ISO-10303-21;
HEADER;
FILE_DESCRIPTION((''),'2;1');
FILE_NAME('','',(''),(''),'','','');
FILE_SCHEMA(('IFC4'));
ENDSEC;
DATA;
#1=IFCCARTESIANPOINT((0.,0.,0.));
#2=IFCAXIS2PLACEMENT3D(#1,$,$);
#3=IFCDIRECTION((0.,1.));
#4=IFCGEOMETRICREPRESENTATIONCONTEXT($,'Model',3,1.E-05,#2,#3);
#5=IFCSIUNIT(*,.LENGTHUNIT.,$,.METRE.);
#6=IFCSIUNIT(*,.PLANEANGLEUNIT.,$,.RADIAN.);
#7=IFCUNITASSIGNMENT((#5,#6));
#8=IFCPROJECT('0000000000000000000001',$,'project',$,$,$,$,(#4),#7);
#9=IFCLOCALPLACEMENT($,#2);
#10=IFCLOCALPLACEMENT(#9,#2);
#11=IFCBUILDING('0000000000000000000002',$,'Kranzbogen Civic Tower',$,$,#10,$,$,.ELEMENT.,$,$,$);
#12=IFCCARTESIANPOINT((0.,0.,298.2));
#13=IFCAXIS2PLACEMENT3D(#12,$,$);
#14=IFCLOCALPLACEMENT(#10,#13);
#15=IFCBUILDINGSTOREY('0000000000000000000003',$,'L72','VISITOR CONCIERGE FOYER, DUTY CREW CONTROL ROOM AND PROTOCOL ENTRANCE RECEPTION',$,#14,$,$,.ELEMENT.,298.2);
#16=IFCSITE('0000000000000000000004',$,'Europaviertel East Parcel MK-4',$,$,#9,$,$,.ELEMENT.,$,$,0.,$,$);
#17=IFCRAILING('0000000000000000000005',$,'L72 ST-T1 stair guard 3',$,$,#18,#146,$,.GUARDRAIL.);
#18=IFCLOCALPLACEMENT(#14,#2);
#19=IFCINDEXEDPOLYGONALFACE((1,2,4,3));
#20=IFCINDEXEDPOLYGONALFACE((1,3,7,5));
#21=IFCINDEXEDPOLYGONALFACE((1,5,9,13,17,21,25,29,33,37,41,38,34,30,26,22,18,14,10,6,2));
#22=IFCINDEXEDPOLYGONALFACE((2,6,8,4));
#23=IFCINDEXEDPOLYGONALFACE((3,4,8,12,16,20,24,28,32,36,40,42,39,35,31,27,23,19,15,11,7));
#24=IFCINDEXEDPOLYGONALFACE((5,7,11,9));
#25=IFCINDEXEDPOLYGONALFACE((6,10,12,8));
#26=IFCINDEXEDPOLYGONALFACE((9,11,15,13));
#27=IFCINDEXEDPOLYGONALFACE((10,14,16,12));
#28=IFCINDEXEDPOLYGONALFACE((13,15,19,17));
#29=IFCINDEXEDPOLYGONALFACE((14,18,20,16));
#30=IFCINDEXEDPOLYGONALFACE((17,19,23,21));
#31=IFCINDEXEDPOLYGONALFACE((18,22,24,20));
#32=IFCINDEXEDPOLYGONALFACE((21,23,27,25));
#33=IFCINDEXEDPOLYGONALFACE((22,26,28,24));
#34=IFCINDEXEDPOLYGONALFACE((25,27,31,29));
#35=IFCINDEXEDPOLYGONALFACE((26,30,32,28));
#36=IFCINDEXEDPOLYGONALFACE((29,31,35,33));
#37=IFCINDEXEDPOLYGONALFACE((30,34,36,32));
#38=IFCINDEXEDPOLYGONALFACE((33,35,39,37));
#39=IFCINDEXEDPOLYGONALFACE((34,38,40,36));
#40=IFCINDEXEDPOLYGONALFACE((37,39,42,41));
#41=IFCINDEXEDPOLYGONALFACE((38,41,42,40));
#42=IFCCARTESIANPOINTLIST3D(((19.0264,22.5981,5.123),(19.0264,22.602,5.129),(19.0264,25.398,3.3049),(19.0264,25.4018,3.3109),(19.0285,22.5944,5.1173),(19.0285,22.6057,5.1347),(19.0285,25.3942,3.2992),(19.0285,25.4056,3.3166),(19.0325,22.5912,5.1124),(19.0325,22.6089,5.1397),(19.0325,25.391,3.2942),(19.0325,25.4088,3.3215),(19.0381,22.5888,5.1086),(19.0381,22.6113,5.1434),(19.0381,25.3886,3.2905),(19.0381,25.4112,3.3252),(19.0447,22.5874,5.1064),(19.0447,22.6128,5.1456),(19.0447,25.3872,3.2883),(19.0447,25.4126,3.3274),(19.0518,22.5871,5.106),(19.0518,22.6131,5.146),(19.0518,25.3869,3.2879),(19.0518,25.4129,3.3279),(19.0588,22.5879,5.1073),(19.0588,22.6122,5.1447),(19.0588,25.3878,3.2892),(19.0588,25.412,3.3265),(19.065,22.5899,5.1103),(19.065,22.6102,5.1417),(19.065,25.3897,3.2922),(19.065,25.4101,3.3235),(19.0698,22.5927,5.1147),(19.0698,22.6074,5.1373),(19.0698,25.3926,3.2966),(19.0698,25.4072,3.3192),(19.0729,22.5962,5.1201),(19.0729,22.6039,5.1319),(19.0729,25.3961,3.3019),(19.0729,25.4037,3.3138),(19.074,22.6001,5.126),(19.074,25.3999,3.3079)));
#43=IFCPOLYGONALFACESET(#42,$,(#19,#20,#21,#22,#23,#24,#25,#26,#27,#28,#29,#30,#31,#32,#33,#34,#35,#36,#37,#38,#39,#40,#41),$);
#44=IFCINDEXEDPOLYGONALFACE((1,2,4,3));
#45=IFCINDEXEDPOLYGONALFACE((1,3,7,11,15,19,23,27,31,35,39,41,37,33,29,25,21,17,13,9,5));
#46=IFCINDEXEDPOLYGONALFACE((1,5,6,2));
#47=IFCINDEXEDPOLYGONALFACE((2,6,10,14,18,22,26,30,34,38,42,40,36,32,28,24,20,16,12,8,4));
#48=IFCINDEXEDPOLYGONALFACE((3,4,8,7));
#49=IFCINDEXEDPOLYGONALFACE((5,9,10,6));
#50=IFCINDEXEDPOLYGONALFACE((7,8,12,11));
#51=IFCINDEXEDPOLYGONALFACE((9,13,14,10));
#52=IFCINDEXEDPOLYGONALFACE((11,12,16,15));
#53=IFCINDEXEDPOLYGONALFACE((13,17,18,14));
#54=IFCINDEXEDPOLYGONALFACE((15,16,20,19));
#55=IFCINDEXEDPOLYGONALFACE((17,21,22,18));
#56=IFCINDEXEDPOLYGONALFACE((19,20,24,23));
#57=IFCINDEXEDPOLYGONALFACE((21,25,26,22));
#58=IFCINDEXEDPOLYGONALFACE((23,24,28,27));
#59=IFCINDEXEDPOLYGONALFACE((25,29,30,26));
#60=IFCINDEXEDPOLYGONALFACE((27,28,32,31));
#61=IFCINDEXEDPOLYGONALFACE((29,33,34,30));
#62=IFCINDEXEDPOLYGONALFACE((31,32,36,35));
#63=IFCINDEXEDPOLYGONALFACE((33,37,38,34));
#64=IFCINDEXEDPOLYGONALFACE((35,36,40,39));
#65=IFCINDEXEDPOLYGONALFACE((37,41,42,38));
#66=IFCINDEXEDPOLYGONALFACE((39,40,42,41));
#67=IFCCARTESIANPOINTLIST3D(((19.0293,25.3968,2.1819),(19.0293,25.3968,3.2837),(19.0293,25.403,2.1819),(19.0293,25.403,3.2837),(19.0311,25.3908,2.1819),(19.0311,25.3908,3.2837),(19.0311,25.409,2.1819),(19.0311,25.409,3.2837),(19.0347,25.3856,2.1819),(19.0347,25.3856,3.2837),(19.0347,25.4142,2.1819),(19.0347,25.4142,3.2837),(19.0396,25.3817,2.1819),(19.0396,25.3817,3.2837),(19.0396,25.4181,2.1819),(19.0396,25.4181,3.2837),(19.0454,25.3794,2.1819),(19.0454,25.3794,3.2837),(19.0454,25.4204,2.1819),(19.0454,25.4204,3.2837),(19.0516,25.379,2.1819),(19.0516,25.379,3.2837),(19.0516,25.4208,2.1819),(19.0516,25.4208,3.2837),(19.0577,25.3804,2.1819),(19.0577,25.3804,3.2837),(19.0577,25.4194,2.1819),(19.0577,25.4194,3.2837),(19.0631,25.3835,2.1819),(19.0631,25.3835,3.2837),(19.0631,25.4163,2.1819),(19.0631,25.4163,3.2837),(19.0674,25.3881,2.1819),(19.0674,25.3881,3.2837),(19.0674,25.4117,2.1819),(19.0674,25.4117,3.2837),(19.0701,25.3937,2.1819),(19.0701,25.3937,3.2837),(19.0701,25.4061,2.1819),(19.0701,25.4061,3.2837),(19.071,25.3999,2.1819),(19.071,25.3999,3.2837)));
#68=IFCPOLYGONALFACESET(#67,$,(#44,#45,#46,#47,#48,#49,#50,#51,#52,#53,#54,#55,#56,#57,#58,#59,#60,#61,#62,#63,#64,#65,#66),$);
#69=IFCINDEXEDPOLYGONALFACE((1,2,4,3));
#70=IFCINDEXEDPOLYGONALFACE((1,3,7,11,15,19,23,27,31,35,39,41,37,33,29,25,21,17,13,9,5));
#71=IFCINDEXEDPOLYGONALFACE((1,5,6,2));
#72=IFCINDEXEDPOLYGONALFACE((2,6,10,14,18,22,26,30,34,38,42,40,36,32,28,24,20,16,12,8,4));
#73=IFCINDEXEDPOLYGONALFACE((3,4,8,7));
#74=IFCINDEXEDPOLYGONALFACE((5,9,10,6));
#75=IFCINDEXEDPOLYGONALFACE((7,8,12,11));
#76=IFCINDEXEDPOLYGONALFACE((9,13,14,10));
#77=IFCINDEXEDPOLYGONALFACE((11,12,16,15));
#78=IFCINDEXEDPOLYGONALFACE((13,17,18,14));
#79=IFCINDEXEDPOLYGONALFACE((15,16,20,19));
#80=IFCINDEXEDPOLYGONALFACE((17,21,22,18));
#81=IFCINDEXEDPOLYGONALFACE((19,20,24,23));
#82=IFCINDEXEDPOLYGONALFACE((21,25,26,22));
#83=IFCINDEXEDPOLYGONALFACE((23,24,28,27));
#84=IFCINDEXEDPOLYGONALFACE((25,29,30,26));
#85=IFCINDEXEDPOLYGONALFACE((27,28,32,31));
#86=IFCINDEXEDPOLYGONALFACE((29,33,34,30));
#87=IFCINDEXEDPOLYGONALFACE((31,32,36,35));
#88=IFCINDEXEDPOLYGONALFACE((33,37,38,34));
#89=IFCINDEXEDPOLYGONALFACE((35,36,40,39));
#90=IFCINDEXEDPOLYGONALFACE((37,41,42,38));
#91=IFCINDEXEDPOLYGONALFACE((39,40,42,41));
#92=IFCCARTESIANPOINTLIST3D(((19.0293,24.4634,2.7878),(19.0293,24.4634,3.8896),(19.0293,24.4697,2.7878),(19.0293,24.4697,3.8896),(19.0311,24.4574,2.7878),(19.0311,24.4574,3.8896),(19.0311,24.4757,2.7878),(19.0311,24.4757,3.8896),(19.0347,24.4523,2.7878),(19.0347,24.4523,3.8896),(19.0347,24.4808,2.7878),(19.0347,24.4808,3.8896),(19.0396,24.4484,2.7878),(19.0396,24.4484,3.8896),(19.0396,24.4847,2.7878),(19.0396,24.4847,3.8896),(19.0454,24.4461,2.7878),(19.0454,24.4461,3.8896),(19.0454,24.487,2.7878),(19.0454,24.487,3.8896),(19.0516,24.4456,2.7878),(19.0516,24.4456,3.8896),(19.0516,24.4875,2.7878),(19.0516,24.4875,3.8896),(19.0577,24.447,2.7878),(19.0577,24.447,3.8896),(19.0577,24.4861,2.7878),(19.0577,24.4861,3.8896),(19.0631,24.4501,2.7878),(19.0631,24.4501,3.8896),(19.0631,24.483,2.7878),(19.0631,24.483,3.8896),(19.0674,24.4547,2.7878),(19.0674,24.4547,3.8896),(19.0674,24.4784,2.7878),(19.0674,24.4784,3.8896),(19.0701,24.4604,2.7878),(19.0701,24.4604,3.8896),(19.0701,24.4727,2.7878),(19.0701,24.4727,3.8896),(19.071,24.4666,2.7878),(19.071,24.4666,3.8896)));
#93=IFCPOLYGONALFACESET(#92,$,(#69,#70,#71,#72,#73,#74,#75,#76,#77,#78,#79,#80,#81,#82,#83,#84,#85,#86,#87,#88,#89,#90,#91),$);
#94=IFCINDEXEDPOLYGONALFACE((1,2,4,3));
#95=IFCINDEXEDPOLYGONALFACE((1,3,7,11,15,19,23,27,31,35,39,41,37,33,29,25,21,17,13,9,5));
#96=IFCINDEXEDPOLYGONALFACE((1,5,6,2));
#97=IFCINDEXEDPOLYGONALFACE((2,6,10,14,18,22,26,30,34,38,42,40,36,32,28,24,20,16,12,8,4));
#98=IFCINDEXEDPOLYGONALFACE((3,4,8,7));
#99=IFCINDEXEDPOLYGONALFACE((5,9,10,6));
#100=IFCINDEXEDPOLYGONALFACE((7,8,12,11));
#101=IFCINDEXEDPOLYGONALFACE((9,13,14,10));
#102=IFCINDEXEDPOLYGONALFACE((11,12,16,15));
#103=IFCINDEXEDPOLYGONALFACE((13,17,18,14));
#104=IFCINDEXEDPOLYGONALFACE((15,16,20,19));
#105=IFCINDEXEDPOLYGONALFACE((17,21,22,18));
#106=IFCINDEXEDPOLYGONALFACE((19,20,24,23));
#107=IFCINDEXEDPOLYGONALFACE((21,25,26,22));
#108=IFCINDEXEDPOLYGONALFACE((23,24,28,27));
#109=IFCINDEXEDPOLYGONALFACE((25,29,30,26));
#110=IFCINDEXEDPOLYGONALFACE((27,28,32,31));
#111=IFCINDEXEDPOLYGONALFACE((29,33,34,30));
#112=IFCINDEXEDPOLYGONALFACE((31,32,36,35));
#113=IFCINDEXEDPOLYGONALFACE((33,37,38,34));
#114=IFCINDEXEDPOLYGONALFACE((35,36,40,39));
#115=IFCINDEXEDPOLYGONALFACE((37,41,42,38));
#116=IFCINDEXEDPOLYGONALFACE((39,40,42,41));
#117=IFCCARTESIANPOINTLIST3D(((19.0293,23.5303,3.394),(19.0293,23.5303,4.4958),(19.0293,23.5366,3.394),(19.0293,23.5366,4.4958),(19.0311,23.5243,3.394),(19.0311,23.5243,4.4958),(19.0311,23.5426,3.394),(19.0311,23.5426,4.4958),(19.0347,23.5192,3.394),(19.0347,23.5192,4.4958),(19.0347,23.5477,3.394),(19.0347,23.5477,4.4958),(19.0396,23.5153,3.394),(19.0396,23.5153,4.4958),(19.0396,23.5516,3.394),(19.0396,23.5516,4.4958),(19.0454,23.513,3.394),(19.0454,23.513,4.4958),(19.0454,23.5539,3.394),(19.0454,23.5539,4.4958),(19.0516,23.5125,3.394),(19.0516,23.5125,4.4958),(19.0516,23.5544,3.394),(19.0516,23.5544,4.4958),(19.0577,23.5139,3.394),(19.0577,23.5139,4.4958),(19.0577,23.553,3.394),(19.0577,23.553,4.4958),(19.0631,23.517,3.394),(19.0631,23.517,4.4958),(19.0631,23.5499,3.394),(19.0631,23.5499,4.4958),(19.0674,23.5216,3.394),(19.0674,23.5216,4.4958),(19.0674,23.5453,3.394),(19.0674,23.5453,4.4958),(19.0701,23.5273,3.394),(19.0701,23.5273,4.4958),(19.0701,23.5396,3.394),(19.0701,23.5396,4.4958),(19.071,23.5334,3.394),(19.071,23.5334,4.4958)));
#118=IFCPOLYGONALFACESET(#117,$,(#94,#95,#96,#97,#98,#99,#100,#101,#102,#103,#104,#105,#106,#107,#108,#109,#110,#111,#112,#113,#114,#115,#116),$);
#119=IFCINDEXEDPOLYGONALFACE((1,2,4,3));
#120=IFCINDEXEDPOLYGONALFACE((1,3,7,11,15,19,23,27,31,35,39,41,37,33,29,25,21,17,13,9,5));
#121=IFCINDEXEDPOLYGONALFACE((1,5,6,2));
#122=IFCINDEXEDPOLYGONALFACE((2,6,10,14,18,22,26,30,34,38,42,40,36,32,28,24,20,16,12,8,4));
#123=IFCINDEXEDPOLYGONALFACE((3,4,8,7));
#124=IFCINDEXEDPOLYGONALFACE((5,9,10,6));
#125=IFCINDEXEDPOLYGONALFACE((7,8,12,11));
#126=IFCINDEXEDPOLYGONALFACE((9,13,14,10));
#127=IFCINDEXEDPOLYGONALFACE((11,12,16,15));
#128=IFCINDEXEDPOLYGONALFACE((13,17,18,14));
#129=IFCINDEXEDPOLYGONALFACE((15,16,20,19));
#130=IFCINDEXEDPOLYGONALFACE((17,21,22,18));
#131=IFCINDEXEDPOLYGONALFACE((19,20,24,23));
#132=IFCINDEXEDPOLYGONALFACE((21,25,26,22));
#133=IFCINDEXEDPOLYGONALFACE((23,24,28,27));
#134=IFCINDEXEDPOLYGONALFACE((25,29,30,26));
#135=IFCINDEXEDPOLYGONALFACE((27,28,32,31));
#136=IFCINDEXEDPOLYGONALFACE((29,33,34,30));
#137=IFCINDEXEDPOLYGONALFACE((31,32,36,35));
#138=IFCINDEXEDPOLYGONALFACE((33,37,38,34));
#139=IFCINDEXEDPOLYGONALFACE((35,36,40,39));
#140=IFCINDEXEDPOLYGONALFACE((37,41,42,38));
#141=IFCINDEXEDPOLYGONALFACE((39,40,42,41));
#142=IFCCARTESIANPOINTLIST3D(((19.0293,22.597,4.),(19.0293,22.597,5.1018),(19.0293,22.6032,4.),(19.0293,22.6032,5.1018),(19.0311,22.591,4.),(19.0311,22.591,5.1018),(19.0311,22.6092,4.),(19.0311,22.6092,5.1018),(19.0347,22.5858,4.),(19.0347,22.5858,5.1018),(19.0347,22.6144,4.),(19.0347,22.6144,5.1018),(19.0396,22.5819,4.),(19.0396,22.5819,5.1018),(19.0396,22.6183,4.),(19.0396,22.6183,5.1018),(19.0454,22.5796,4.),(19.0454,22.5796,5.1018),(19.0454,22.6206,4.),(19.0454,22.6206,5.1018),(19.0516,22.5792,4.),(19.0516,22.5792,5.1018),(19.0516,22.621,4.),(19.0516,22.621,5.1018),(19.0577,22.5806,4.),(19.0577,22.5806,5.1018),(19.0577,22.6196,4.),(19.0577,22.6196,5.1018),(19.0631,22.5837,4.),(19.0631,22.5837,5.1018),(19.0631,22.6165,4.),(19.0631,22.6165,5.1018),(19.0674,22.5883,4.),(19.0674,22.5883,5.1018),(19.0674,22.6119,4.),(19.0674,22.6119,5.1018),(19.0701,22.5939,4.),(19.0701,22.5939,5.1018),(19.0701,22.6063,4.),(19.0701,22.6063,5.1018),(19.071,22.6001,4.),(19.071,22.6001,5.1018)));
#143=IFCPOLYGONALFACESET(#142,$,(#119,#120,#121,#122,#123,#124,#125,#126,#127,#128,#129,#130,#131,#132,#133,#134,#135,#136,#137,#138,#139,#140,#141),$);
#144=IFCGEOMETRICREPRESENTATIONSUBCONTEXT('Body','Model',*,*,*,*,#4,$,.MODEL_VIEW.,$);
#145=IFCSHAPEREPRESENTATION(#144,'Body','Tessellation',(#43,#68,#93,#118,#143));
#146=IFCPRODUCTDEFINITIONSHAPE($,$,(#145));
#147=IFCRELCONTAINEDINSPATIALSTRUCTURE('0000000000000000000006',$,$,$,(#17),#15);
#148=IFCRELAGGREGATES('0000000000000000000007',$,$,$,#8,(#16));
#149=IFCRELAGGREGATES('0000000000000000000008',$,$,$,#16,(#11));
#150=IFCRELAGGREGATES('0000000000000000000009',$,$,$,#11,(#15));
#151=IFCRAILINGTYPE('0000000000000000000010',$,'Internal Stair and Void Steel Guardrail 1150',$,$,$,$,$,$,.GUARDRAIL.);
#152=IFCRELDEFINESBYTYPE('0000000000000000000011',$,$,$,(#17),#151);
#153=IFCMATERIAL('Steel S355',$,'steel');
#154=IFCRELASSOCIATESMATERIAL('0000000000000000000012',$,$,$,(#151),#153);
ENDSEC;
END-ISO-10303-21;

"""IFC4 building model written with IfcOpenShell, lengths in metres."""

from ifc_helpers import new_model, si_unit, direction, frame, origin, origin_2d, place, context, subcontext, project, spatial, circle, extrude, material, type_object, element, save


model = new_model("IFC4")

# Units and contexts
model_context = context("Model", 3, precision=1e-05, world=origin(), true_north=direction((0.0, 1.0)))
body_context = subcontext(model_context, "Body", "Model", "MODEL_VIEW")
ifc_project = project(units=[si_unit("LENGTHUNIT", "METRE"), si_unit("PLANEANGLEUNIT", "RADIAN")], contexts=[model_context])

# Site, building, storey
site_placement = place(None, origin())
site = spatial("IfcSite", under=ifc_project, at=site_placement, Name="Europaviertel East Parcel MK-4", CompositionType="ELEMENT", RefElevation=0.0)
building_placement = place(site_placement, origin())
building = spatial("IfcBuilding", under=site, at=building_placement, Name="Kranzbogen Civic Tower", CompositionType="ELEMENT")
storey_placement = place(building_placement, frame((0.0, 0.0, 298.2)))
storey = spatial("IfcBuildingStorey", under=building, at=storey_placement, Name="L72", Description="VISITOR CONCIERGE FOYER, DUTY CREW CONTROL ROOM AND PROTOCOL ENTRANCE RECEPTION", CompositionType="ELEMENT", Elevation=298.2)

# Shared definitions
ifc_material_1 = material(Name="Steel S355", Category="steel")

# Railing
railing_type_1 = type_object("IfcRailingType", Name="Internal Stair and Void Steel Guardrail 1150", PredefinedType="GUARDRAIL", material=ifc_material_1)
railing_1_placement = place(storey_placement, frame((19.05, 25.3999, 2.1819)))
element("IfcRailing", 1, at=railing_1_placement, inside=storey, type_object=railing_type_1, Name="L72 ST-T1 stair guard 3", PredefinedType="GUARDRAIL", context=body_context, shape_type="SweptSolid", body=[
    extrude(circle(Radius=0.0239, at=origin_2d()), frame((0.0, 0.0, 1.126), z_axis=(0.0, -0.838684, 0.544618), x_axis=(1.0, 0.0, 0.0)), (0.0, 0.0, 1.0), 3.3384),
    extrude(circle(Radius=0.021, at=origin_2d()), origin(), (0.0, 0.0, 1.0), 1.1018),
    extrude(circle(Radius=0.021, at=origin_2d()), frame((0.0, -0.9333, 0.606)), (0.0, 0.0, 1.0), 1.1018),
    extrude(circle(Radius=0.021, at=origin_2d()), frame((0.0, -1.8665, 1.2122)), (0.0, 0.0, 1.0), 1.1018),
    extrude(circle(Radius=0.021, at=origin_2d()), frame((0.0, -2.7998, 1.8181)), (0.0, 0.0, 1.0), 1.1018),
])

save(model, "model.ifc")
